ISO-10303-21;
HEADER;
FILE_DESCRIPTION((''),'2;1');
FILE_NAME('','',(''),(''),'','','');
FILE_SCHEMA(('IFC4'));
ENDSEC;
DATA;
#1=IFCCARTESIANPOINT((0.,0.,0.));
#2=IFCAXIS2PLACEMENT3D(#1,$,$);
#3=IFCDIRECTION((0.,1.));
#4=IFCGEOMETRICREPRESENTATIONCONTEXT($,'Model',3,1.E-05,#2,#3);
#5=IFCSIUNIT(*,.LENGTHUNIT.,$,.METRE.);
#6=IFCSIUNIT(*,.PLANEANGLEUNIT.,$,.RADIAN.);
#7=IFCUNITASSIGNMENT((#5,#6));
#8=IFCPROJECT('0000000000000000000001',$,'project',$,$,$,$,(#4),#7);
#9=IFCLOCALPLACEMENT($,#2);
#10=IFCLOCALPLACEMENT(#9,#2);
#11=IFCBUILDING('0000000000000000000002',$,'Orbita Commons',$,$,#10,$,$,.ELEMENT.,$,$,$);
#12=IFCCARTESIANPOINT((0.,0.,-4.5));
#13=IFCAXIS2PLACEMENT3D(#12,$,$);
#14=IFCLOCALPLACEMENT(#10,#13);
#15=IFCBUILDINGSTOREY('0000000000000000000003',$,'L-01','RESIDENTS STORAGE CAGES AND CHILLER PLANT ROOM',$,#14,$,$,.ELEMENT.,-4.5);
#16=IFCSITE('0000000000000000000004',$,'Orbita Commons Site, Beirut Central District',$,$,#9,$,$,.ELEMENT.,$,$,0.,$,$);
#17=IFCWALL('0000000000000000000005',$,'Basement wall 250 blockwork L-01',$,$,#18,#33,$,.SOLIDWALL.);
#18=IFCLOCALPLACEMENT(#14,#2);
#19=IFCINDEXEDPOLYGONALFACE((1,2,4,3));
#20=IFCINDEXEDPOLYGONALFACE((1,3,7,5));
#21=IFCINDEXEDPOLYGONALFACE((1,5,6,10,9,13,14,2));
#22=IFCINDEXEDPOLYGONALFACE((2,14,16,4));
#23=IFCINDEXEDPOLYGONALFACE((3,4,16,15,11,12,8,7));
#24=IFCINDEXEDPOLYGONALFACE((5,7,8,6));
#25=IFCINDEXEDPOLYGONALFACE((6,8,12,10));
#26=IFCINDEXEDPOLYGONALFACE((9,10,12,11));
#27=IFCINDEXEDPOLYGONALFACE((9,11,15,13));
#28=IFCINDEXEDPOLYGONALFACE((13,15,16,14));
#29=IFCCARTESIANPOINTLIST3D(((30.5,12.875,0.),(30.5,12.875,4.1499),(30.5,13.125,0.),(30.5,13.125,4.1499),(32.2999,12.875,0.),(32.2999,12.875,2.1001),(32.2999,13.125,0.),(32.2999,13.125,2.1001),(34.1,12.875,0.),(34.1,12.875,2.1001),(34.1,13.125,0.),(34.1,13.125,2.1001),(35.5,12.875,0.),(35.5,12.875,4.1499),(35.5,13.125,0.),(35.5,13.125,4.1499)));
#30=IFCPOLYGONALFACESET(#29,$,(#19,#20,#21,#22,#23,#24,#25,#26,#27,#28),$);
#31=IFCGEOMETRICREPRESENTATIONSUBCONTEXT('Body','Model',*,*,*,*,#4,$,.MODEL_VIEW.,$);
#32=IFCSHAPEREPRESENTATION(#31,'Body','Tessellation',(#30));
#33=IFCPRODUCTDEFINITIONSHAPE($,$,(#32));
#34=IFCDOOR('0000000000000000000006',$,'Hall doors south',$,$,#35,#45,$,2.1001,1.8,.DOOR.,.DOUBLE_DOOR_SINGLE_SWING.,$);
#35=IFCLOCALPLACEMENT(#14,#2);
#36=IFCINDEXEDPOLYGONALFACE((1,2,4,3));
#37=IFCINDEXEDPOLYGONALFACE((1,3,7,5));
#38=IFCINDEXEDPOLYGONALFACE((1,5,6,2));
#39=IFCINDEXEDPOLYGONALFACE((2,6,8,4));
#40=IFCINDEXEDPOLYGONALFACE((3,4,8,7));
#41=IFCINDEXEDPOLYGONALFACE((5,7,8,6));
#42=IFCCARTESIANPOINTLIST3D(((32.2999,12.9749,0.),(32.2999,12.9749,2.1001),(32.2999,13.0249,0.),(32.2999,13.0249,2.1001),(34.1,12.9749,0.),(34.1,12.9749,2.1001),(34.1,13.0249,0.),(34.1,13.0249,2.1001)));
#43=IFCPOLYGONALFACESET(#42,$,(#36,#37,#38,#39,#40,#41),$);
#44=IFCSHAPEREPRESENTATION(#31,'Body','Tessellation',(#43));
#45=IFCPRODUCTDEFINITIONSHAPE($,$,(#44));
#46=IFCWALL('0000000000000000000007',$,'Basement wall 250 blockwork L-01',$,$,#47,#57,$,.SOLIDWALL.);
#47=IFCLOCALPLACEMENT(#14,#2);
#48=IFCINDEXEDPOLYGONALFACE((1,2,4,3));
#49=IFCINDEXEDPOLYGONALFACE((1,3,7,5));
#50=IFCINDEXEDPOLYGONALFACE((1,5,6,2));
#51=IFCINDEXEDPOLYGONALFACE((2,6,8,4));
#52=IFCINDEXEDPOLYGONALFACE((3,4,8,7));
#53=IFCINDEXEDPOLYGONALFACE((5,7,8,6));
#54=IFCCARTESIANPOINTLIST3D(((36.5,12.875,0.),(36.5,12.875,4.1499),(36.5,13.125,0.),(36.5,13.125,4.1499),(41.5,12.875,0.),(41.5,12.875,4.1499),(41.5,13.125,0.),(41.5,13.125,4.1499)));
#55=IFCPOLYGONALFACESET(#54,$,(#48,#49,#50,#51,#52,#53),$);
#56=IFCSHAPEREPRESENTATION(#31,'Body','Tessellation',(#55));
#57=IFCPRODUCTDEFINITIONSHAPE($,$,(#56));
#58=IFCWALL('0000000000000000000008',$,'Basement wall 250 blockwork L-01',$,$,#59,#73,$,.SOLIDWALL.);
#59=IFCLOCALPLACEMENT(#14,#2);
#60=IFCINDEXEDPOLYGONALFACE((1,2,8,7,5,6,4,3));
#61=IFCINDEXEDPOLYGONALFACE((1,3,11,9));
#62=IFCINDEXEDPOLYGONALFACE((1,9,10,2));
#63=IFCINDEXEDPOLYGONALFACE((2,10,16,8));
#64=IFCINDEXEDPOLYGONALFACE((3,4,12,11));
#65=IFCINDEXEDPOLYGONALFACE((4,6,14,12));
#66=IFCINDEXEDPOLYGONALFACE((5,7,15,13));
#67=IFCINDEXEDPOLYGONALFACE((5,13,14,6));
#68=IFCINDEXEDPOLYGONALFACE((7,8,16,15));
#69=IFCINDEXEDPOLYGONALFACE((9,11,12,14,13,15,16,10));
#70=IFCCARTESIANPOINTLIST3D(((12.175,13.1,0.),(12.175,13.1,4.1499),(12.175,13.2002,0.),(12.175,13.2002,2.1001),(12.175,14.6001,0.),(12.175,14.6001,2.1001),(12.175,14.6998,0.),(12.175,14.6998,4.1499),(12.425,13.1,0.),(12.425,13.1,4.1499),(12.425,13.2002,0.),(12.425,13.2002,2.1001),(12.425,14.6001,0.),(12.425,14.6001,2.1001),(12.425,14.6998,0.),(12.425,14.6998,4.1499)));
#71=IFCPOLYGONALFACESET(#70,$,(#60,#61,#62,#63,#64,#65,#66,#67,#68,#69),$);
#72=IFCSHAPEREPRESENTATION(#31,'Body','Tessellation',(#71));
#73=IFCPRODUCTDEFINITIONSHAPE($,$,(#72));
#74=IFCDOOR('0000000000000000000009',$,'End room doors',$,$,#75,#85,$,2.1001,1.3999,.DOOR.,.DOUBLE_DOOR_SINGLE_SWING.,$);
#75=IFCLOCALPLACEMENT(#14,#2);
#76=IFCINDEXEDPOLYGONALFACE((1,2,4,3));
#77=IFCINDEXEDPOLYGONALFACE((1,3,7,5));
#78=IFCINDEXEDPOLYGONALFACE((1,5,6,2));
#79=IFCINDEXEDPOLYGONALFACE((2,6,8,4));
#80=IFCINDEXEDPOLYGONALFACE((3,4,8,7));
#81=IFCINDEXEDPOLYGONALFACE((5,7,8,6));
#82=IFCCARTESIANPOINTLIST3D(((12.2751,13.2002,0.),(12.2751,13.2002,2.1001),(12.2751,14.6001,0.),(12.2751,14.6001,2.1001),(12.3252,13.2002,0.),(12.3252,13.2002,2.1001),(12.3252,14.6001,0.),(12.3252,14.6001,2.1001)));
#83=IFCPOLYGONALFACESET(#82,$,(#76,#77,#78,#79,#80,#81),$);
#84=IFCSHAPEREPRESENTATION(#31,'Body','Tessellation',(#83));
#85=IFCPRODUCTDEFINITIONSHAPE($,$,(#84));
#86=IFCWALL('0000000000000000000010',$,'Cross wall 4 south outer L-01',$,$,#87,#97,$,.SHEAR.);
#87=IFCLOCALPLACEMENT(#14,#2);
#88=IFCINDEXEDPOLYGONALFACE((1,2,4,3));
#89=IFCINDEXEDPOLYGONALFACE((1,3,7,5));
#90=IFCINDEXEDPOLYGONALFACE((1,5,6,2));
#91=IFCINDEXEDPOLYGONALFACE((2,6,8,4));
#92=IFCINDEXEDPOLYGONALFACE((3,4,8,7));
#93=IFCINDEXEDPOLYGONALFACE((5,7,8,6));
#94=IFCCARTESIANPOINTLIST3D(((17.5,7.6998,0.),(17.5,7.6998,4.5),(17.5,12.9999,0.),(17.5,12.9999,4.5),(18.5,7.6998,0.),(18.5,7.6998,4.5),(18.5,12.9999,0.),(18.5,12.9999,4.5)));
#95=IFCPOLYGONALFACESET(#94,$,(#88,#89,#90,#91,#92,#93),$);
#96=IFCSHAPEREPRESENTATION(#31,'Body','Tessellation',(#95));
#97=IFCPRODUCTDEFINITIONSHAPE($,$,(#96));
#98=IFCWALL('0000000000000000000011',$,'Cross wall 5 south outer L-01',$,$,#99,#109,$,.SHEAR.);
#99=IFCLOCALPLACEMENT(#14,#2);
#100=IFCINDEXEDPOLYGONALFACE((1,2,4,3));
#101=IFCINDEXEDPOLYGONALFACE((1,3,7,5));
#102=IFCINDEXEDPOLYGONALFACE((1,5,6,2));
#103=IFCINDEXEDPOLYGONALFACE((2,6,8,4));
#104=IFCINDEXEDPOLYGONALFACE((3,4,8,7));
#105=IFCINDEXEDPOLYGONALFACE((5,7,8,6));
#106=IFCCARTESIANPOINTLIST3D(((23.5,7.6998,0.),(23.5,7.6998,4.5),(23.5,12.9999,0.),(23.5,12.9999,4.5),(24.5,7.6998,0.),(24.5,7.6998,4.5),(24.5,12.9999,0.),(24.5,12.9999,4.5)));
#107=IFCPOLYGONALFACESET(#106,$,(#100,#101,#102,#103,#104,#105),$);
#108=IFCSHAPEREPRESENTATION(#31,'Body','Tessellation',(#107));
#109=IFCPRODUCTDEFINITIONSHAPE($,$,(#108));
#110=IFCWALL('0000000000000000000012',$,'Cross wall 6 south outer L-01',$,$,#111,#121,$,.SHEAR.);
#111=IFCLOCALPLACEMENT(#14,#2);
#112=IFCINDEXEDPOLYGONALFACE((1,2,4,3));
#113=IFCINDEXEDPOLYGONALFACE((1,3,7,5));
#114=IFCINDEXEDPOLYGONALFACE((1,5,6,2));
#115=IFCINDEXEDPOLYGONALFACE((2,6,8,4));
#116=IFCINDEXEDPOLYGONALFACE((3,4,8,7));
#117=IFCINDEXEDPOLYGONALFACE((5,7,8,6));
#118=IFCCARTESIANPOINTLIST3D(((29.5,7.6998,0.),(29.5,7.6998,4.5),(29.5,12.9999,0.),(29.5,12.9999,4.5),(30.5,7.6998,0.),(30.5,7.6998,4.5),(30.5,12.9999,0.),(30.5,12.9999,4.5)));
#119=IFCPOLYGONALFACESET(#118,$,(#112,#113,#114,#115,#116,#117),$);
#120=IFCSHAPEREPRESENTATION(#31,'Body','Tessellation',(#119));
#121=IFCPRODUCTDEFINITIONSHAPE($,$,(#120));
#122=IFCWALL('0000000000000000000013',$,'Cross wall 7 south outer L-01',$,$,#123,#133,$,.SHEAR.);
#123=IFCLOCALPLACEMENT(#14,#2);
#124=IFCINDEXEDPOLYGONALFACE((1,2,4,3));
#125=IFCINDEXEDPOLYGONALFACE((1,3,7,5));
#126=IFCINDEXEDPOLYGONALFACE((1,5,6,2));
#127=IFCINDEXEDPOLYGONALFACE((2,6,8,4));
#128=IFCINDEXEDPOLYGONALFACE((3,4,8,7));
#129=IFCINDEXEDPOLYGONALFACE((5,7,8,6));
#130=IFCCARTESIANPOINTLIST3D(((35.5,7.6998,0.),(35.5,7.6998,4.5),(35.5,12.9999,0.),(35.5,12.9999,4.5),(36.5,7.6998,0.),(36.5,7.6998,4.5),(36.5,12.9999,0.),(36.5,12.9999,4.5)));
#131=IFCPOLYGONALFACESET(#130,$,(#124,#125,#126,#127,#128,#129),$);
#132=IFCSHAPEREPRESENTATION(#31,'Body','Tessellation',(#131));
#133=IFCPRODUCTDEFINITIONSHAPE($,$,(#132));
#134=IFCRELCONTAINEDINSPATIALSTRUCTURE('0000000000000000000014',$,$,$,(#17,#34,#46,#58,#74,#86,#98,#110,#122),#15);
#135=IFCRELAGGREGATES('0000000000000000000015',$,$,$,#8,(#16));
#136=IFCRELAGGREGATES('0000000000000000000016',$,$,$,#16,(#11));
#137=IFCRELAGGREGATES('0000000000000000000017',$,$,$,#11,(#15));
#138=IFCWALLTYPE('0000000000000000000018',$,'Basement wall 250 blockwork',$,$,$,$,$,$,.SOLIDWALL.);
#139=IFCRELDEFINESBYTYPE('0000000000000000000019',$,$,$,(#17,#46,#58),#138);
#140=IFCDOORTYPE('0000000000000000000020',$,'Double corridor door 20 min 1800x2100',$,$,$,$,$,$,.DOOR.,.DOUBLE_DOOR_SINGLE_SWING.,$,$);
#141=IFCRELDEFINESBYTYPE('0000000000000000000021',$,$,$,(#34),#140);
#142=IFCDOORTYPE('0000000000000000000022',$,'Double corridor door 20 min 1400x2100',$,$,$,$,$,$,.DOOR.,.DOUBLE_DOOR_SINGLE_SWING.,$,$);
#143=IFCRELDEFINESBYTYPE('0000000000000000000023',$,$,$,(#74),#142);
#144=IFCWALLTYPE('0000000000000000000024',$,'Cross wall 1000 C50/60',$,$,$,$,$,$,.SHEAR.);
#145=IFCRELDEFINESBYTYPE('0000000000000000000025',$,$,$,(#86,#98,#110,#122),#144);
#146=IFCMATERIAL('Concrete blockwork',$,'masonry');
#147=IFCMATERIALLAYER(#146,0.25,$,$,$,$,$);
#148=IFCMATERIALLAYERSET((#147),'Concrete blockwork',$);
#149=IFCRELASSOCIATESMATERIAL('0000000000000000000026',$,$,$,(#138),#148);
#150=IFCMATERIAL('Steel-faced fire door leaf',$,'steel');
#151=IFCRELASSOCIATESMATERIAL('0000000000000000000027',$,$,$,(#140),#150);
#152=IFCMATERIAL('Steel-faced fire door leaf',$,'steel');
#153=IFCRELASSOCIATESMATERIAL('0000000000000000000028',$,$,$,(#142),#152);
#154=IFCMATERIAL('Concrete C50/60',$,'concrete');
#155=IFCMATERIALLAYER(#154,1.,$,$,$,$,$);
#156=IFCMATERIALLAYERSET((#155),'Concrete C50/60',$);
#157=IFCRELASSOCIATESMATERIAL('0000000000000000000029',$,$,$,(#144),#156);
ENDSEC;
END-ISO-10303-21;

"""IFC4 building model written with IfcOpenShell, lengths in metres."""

from ifc_helpers import new_model, si_unit, direction, frame, frame_2d, origin, place, context, subcontext, project, spatial, rectangle, extrude, material, layer, layer_set, type_object, element, fill, save


model = new_model("IFC4")

# Units and contexts
model_context = context("Model", 3, precision=1e-05, world=origin(), true_north=direction((0.0, 1.0)))
body_context = subcontext(model_context, "Body", "Model", "MODEL_VIEW")
ifc_project = project(units=[si_unit("LENGTHUNIT", "METRE"), si_unit("PLANEANGLEUNIT", "RADIAN")], contexts=[model_context])

# Site, building, storey
site_placement = place(None, origin())
site = spatial("IfcSite", under=ifc_project, at=site_placement, Name="Orbita Commons Site, Beirut Central District", CompositionType="ELEMENT", RefElevation=0.0)
building_placement = place(site_placement, origin())
building = spatial("IfcBuilding", under=site, at=building_placement, Name="Orbita Commons", CompositionType="ELEMENT")
storey_placement = place(building_placement, frame((0.0, 0.0, -4.5)))
storey = spatial("IfcBuildingStorey", under=building, at=storey_placement, Name="L-01", Description="RESIDENTS STORAGE CAGES AND CHILLER PLANT ROOM", CompositionType="ELEMENT", Elevation=-4.5)

# Shared definitions
ifc_material_1 = material(Name="Concrete blockwork", Category="masonry")
ifc_layer_1 = layer(ifc_material_1, 0.25)
ifc_layer_set_1 = layer_set([ifc_layer_1], Name="Concrete blockwork")
wall_type_1 = type_object("IfcWallType", Name="Basement wall 250 blockwork", PredefinedType="SOLIDWALL", material=ifc_layer_set_1)

# Wall, opening, door
wall_1_placement = place(storey_placement, frame((30.5, 13.0, 0.0), z_axis=(0.0, 0.0, 1.0), x_axis=(1.0, 0.0, 0.0)))
wall_1 = element("IfcWall", 1, at=wall_1_placement, inside=storey, type_object=wall_type_1, Name="Basement wall 250 blockwork L-01", PredefinedType="SOLIDWALL", context=body_context, shape_type="SweptSolid", body=[
    extrude(rectangle(XDim=5.0, YDim=0.25, at=frame_2d((2.5, 0.0))), origin(), (0.0, 0.0, 1.0), 4.1499),
])
opening_1_placement = place(wall_1_placement, frame((1.8, 0.0, 0.0)))
opening_1 = element("IfcOpeningElement", 2, at=opening_1_placement, cuts=wall_1, PredefinedType="OPENING", context=body_context, shape_type="SweptSolid", body=[
    extrude(rectangle(XDim=1.8, YDim=2.1001, at=frame_2d((0.8999, 1.05))), frame((0.0, 0.135, 0.0), z_axis=(0.0, -1.0, 0.0), x_axis=(1.0, 0.0, 0.0)), (0.0, 0.0, 1.0), 0.27),
])
ifc_material_2 = material(Name="Steel-faced fire door leaf", Category="steel")
door_type_1 = type_object("IfcDoorType", Name="Double corridor door 20 min 1800x2100", OperationType="DOUBLE_DOOR_SINGLE_SWING", PredefinedType="DOOR", material=ifc_material_2)
door_1_placement = place(opening_1_placement, origin())
door_1 = element("IfcDoor", 3, at=door_1_placement, inside=storey, type_object=door_type_1, Name="Hall doors south", OperationType="DOUBLE_DOOR_SINGLE_SWING", OverallHeight=2.1001, OverallWidth=1.8, PredefinedType="DOOR", context=body_context, shape_type="SweptSolid", body=[
    extrude(rectangle(XDim=1.8, YDim=2.1001, at=frame_2d((0.8999, 1.05))), frame((0.0, 0.0249, 0.0), z_axis=(0.0, -1.0, 0.0), x_axis=(1.0, 0.0, 0.0)), (0.0, 0.0, 1.0), 0.05),
])
fill(opening_1, door_1)

# Wall
wall_2_placement = place(storey_placement, frame((36.5, 13.0, 0.0), z_axis=(0.0, 0.0, 1.0), x_axis=(1.0, 0.0, 0.0)))
element("IfcWall", 4, at=wall_2_placement, inside=storey, type_object=wall_type_1, Name="Basement wall 250 blockwork L-01", PredefinedType="SOLIDWALL", context=body_context, shape_type="SweptSolid", body=[
    extrude(rectangle(XDim=5.0, YDim=0.25, at=frame_2d((2.5, 0.0))), origin(), (0.0, 0.0, 1.0), 4.1499),
])

# Wall, opening, door
wall_3_placement = place(storey_placement, frame((12.3, 13.1001, 0.0), z_axis=(0.0, 0.0, 1.0), x_axis=(0.0, 1.0, 0.0)))
wall_3 = element("IfcWall", 5, at=wall_3_placement, inside=storey, type_object=wall_type_1, Name="Basement wall 250 blockwork L-01", PredefinedType="SOLIDWALL", context=body_context, shape_type="SweptSolid", body=[
    extrude(rectangle(XDim=1.5999, YDim=0.25, at=frame_2d((0.7998, 0.0))), origin(), (0.0, 0.0, 1.0), 4.1499),
])
opening_2_placement = place(wall_3_placement, frame((0.1001, 0.0, 0.0)))
opening_2 = element("IfcOpeningElement", 6, at=opening_2_placement, cuts=wall_3, PredefinedType="OPENING", context=body_context, shape_type="SweptSolid", body=[
    extrude(rectangle(XDim=1.3999, YDim=2.1001, at=frame_2d((0.7, 1.05))), frame((0.0, 0.135, 0.0), z_axis=(0.0, -1.0, 0.0), x_axis=(1.0, 0.0, 0.0)), (0.0, 0.0, 1.0), 0.27),
])
ifc_material_3 = material(Name="Steel-faced fire door leaf", Category="steel")
door_type_2 = type_object("IfcDoorType", Name="Double corridor door 20 min 1400x2100", OperationType="DOUBLE_DOOR_SINGLE_SWING", PredefinedType="DOOR", material=ifc_material_3)
door_2_placement = place(opening_2_placement, origin())
door_2 = element("IfcDoor", 7, at=door_2_placement, inside=storey, type_object=door_type_2, Name="End room doors", OperationType="DOUBLE_DOOR_SINGLE_SWING", OverallHeight=2.1001, OverallWidth=1.3999, PredefinedType="DOOR", context=body_context, shape_type="SweptSolid", body=[
    extrude(rectangle(XDim=1.3999, YDim=2.1001, at=frame_2d((0.7, 1.05))), frame((0.0, 0.0249, 0.0), z_axis=(0.0, -1.0, 0.0), x_axis=(1.0, 0.0, 0.0)), (0.0, 0.0, 1.0), 0.05),
])
fill(opening_2, door_2)

# Walls
ifc_material_4 = material(Name="Concrete C50/60", Category="concrete")
ifc_layer_2 = layer(ifc_material_4, 1.0)
ifc_layer_set_2 = layer_set([ifc_layer_2], Name="Concrete C50/60")
wall_type_2 = type_object("IfcWallType", Name="Cross wall 1000 C50/60", PredefinedType="SHEAR", material=ifc_layer_set_2)
for number, where, z_axis, x_axis, name in (
    (8, (18.0, 7.7, 0.0), (0.0, 0.0, 1.0), (0.0, 1.0, 0.0), "Cross wall 4 south outer L-01"),
    (9, (24.0, 7.7, 0.0), (0.0, 0.0, 1.0), (0.0, 1.0, 0.0), "Cross wall 5 south outer L-01"),
    (10, (30.0, 7.7, 0.0), (0.0, 0.0, 1.0), (0.0, 1.0, 0.0), "Cross wall 6 south outer L-01"),
    (11, (36.0, 7.7, 0.0), (0.0, 0.0, 1.0), (0.0, 1.0, 0.0), "Cross wall 7 south outer L-01"),
):
    element("IfcWall", number, at=place(storey_placement, frame(where, z_axis=z_axis, x_axis=x_axis)), inside=storey, type_object=wall_type_2, Name=name, PredefinedType="SHEAR", context=body_context, shape_type="SweptSolid", body=[
        extrude(rectangle(XDim=5.3, YDim=1.0, at=frame_2d((2.6499, 0.0))), origin(), (0.0, 0.0, 1.0), 4.5),
    ])

save(model, "model.ifc")
